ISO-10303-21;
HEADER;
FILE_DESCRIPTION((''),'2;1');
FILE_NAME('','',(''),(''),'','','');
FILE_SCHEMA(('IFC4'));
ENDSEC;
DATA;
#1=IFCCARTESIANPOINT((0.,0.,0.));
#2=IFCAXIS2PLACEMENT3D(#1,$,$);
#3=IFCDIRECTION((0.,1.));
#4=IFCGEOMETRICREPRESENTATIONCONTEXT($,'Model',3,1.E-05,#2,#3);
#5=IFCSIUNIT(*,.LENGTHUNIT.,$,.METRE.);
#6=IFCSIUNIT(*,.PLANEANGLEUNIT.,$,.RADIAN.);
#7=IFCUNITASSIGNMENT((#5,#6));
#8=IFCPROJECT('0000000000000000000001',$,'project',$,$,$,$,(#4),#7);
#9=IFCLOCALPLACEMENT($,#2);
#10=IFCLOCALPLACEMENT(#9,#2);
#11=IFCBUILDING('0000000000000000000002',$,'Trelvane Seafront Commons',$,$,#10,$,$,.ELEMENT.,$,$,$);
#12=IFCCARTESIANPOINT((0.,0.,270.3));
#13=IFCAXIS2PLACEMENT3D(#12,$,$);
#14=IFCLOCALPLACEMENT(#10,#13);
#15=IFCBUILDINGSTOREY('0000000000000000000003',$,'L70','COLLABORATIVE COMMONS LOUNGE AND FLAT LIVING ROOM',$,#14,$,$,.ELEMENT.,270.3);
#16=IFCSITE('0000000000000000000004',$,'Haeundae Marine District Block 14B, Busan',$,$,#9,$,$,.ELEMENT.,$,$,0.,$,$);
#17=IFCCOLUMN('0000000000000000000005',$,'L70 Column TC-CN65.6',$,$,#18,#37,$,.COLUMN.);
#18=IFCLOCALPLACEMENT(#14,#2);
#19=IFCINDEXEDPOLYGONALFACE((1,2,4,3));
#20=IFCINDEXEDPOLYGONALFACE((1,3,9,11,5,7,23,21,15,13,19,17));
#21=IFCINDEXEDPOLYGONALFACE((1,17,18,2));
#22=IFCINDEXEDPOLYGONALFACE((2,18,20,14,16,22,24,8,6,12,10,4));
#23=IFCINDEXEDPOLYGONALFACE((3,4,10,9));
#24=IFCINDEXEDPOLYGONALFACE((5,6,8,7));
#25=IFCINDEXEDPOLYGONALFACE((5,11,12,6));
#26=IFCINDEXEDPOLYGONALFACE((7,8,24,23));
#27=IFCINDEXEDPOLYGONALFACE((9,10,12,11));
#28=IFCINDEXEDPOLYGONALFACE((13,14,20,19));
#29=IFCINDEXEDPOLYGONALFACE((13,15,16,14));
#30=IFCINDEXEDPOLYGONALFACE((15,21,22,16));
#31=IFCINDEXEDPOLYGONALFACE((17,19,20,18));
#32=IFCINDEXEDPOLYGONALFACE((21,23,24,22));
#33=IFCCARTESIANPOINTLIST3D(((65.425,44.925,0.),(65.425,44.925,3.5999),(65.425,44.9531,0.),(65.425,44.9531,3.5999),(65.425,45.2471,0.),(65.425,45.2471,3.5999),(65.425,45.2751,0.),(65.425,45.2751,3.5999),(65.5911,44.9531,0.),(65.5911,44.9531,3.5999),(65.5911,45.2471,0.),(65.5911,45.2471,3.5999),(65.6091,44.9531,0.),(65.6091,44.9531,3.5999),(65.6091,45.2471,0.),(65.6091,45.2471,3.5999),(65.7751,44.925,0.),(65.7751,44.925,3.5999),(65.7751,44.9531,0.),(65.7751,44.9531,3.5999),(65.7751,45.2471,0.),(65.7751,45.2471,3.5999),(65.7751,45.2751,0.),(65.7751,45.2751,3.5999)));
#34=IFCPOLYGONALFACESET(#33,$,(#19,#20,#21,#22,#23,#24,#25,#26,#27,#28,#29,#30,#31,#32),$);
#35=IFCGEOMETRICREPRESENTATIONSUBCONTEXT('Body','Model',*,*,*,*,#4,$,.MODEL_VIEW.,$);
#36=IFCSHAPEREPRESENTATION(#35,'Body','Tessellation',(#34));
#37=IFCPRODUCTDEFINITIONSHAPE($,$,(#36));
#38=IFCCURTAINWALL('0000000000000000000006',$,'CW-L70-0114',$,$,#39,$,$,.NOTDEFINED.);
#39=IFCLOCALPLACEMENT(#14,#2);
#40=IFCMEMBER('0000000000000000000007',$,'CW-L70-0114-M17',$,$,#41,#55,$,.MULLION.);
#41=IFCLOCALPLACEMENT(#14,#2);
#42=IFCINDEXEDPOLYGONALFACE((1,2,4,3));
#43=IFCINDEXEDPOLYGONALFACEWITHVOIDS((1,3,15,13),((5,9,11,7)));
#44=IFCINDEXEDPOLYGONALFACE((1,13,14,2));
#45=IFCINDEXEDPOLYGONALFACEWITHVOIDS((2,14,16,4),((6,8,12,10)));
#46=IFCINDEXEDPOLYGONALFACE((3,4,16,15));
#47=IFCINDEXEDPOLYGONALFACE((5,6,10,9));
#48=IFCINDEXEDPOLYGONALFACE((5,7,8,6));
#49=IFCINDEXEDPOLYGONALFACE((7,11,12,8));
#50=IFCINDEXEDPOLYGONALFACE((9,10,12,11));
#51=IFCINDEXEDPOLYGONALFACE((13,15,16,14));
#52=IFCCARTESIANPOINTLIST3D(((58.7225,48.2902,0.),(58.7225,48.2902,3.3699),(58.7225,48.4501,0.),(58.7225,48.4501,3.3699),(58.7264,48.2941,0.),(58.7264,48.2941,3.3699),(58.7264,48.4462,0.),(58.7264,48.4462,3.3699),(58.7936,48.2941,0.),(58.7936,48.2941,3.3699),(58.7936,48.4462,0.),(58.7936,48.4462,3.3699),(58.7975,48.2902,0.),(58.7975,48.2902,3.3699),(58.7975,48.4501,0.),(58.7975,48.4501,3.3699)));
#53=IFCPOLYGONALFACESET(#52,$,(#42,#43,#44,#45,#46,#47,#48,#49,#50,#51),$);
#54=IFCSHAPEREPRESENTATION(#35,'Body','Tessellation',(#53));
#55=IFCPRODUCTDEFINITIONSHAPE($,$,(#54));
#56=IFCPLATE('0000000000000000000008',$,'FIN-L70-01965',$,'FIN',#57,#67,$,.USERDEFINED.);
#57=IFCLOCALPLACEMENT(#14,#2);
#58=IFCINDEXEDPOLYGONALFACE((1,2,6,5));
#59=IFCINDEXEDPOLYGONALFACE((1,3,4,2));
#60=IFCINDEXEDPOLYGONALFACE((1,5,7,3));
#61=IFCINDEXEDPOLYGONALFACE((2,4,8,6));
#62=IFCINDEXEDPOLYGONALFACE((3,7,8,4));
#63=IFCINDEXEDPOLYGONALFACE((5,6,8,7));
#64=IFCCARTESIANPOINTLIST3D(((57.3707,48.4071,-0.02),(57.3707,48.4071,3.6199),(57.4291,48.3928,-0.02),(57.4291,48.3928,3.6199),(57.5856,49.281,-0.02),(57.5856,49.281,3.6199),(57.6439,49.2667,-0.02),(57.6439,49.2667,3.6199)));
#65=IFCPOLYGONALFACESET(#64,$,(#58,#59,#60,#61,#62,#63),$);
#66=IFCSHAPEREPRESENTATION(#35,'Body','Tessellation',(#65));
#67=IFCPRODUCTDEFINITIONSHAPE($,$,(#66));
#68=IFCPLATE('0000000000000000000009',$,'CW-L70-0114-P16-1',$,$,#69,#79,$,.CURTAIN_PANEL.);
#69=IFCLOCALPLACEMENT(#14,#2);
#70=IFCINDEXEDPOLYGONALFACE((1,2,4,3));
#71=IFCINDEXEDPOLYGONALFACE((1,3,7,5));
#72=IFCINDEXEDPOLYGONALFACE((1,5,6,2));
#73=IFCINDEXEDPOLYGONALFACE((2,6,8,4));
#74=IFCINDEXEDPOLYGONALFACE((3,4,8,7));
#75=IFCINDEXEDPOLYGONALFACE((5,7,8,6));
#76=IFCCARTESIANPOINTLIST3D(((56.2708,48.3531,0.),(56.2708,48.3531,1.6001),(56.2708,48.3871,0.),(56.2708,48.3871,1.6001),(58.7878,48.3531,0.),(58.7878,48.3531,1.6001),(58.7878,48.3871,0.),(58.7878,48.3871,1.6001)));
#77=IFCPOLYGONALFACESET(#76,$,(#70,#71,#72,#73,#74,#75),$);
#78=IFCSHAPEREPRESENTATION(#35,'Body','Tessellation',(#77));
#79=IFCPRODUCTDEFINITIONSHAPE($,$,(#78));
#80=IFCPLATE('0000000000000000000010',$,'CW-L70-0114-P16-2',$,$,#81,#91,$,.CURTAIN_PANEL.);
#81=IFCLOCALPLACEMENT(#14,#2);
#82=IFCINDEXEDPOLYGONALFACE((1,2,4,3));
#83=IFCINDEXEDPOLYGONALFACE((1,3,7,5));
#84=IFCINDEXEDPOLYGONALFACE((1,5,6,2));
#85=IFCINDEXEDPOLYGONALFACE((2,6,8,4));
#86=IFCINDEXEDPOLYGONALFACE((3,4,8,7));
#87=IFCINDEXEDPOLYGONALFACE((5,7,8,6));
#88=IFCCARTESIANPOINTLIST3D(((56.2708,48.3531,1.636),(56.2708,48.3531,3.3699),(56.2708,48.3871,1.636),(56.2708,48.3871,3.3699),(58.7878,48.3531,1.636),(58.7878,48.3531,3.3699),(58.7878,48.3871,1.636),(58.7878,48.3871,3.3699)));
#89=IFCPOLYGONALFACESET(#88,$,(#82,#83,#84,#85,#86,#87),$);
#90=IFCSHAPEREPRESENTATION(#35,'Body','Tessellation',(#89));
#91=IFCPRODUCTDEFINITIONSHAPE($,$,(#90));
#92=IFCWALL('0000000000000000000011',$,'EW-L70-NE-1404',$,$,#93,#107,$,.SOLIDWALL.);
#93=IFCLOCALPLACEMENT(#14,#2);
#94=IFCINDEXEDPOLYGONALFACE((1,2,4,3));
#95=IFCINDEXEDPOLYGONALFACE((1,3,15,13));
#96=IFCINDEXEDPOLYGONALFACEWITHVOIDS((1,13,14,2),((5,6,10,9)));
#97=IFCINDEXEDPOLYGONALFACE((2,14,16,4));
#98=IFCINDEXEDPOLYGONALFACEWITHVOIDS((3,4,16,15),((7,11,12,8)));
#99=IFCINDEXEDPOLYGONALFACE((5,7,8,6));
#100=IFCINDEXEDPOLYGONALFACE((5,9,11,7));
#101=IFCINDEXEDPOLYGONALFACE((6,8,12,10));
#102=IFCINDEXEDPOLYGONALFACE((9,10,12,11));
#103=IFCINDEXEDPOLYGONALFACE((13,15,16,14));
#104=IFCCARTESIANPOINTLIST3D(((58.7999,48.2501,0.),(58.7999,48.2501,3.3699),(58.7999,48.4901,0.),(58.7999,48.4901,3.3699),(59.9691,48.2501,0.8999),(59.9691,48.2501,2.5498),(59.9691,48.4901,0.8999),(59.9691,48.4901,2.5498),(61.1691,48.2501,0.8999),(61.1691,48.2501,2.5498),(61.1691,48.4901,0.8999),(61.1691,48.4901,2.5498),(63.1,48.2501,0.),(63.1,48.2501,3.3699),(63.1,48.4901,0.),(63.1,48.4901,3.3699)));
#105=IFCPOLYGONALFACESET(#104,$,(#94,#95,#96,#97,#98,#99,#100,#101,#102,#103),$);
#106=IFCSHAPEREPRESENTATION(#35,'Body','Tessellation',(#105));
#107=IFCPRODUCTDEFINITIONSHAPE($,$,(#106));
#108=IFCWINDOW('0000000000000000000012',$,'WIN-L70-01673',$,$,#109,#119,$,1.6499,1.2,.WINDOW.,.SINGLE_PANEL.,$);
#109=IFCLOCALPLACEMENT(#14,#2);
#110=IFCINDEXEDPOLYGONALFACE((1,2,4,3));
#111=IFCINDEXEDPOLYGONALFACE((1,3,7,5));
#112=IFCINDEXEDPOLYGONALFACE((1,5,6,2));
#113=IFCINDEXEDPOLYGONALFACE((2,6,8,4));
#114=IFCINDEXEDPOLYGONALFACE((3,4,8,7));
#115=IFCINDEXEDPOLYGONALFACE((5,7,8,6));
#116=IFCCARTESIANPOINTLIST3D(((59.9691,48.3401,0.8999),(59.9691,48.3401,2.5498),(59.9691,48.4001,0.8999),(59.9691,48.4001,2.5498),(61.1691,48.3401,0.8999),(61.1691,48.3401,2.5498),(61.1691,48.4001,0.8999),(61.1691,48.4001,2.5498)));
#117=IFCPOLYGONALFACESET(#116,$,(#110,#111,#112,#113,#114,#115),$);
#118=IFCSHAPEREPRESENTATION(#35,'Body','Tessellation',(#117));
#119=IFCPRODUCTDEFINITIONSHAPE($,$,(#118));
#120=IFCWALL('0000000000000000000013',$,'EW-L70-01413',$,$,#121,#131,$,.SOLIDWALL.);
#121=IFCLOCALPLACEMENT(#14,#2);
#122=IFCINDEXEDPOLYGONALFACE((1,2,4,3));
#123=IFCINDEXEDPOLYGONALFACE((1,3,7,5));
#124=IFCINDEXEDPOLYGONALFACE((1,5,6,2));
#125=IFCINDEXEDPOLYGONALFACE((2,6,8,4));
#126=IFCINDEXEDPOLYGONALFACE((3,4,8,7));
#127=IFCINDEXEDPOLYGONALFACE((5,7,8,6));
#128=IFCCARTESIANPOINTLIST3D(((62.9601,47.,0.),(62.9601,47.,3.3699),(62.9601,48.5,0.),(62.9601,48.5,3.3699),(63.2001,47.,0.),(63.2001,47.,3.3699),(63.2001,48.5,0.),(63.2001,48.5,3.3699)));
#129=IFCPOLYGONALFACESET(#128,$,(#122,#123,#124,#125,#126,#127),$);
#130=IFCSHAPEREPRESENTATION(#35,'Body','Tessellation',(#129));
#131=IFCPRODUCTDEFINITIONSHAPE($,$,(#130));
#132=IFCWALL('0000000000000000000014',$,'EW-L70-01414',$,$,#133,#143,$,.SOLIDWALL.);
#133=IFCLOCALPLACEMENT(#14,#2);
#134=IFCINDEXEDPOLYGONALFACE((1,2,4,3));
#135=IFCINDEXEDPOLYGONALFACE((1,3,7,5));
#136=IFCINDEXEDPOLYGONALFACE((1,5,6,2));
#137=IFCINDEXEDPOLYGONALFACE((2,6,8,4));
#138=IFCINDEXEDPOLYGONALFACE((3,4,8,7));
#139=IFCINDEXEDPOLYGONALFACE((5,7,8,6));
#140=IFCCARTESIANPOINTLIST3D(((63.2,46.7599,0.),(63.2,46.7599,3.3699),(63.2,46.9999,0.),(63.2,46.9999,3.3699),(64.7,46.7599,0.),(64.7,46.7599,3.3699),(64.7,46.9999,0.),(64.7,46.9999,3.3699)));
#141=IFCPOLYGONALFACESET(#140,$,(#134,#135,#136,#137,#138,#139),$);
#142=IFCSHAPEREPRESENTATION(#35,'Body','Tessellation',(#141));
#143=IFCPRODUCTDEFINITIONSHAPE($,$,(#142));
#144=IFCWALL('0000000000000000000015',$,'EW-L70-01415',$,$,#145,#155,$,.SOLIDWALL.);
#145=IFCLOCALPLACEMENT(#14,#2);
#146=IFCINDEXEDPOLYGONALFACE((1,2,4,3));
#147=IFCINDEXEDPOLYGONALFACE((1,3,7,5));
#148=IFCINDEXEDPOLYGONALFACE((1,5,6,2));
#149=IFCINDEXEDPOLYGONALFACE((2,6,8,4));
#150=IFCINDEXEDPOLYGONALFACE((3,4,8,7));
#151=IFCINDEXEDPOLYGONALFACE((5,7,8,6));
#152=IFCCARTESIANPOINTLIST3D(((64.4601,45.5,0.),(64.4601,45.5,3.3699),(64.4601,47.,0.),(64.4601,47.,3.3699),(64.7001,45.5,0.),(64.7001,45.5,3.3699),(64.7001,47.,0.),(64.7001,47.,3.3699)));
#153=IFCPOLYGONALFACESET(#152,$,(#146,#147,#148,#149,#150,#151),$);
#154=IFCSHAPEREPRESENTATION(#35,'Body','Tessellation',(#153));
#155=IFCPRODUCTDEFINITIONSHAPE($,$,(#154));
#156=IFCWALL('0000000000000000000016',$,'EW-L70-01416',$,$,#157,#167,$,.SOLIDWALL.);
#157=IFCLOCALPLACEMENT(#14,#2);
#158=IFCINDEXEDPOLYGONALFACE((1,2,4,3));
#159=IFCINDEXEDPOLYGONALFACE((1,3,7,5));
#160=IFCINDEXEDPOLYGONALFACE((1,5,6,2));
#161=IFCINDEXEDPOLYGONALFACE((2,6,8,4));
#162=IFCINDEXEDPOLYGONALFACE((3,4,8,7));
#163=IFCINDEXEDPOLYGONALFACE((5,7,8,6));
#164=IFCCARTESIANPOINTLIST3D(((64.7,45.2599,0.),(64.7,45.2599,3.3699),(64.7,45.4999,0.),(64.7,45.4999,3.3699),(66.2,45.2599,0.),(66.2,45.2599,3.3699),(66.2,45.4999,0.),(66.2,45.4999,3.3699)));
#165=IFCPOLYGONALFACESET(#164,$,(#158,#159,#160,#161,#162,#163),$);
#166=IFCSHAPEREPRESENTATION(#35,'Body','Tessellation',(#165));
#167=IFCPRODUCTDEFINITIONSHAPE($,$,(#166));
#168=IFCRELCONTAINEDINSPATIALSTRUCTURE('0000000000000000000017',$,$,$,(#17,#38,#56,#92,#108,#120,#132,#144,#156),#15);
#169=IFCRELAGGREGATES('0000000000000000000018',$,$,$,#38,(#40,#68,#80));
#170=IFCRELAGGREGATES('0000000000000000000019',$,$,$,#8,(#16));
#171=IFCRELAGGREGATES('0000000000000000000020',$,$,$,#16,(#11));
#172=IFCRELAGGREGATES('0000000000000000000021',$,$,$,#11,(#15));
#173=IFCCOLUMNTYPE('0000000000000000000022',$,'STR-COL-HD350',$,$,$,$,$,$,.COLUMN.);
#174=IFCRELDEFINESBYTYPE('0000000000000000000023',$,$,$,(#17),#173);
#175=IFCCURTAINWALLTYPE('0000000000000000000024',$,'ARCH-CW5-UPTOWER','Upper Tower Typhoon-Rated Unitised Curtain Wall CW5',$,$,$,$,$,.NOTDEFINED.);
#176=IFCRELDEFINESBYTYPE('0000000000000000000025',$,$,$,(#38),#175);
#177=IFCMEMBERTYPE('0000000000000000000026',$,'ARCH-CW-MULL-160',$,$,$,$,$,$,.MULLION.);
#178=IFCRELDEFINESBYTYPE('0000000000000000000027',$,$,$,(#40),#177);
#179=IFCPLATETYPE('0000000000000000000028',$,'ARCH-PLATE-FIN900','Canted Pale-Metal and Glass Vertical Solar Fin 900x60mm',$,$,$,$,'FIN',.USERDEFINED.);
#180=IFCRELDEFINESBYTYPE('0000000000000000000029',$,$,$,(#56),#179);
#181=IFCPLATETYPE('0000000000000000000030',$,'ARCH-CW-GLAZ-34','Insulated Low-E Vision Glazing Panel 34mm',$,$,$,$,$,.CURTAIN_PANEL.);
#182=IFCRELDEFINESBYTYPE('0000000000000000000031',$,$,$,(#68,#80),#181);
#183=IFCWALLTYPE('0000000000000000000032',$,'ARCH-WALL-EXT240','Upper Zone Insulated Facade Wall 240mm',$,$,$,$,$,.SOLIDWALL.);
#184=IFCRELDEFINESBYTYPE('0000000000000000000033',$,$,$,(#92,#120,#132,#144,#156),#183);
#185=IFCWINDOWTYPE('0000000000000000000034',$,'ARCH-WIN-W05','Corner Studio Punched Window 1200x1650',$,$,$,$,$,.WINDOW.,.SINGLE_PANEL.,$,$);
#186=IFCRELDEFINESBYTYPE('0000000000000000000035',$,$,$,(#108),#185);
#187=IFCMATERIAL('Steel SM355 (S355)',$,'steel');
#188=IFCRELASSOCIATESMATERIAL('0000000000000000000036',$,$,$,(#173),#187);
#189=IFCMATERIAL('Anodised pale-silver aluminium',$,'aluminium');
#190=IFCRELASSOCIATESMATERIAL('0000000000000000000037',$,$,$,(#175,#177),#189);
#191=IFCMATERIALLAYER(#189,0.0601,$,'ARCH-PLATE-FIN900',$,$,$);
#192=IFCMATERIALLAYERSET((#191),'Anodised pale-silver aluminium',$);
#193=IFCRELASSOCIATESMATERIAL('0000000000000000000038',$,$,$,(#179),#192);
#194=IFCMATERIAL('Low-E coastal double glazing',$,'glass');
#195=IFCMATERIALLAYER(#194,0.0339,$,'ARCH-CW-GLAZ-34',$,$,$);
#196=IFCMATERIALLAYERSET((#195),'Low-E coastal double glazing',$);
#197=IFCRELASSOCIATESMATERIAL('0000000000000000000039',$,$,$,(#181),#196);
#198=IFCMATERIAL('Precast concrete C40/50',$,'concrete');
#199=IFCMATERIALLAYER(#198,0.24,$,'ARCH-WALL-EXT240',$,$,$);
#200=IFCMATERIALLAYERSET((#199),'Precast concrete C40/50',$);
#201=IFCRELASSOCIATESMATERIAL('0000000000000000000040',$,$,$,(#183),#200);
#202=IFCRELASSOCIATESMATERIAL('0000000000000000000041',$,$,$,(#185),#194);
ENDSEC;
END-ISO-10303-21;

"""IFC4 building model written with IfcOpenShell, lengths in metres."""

from ifc_helpers import new_model, si_unit, direction, frame, frame_2d, origin, origin_2d, place, context, subcontext, project, spatial, rectangle, hollow_rectangle, i_section, extrude, source, transform, mapped, material, layer, layer_set, material_profile, profile_set, type_object, element, fill, aggregate, save


model = new_model("IFC4")

# Units and contexts
model_context = context("Model", 3, precision=1e-05, world=origin(), true_north=direction((0.0, 1.0)))
body_context = subcontext(model_context, "Body", "Model", "MODEL_VIEW")
ifc_project = project(units=[si_unit("LENGTHUNIT", "METRE"), si_unit("PLANEANGLEUNIT", "RADIAN")], contexts=[model_context])

# Site, building, storey
site_placement = place(None, origin())
site = spatial("IfcSite", under=ifc_project, at=site_placement, Name="Haeundae Marine District Block 14B, Busan", CompositionType="ELEMENT", RefElevation=0.0)
building_placement = place(site_placement, origin())
building = spatial("IfcBuilding", under=site, at=building_placement, Name="Trelvane Seafront Commons", CompositionType="ELEMENT")
storey_placement = place(building_placement, frame((0.0, 0.0, 270.3)))
storey = spatial("IfcBuildingStorey", under=building, at=storey_placement, Name="L70", Description="COLLABORATIVE COMMONS LOUNGE AND FLAT LIVING ROOM", CompositionType="ELEMENT", Elevation=270.3)

# Column
ifc_material_1 = material(Name="Steel SM355 (S355)", Category="steel")
ifc_material_profile_1 = material_profile(ifc_material_1, i_section(OverallWidth=0.3501, OverallDepth=0.3501, WebThickness=0.0181, FlangeThickness=0.0281, at=origin_2d()), Name="HD-350x350x18x28")
ifc_profile_set_1 = profile_set([ifc_material_profile_1], Name="Steel SM355 (S355)")
column_type = type_object("IfcColumnType", Name="STR-COL-HD350", PredefinedType="COLUMN", material=ifc_profile_set_1)
shared_shape_1 = source(origin(), body_context, "Body", "SweptSolid", [
    extrude(i_section(OverallWidth=0.3501, OverallDepth=0.3501, WebThickness=0.0181, FlangeThickness=0.0281, at=origin_2d()), origin(), (0.0, 0.0, 1.0), 3.5999),
])
column_placement = place(storey_placement, frame((65.6001, 45.1001, 0.0), z_axis=(0.0, 0.0, 1.0), x_axis=(1.0, 0.0, 0.0)))
element("IfcColumn", 1, at=column_placement, inside=storey, type_object=column_type, Name="L70 Column TC-CN65.6", PredefinedType="COLUMN", context=body_context, shape_type="MappedRepresentation", body=[
    mapped(shared_shape_1, transform((0.0, 0.0, 0.0), x_axis=(1.0, 0.0, 0.0), y_axis=(0.0, 1.0, 0.0), z_axis=(0.0, 0.0, 1.0), scale=1.0)),
])

# Curtain wall, member
ifc_material_2 = material(Name="Anodised pale-silver aluminium", Category="aluminium")
curtain_wall_type = type_object("IfcCurtainWallType", Name="ARCH-CW5-UPTOWER", Description="Upper Tower Typhoon-Rated Unitised Curtain Wall CW5", PredefinedType="NOTDEFINED", material=ifc_material_2)
curtain_wall_placement = place(storey_placement, origin())
curtain_wall = element("IfcCurtainWall", 2, at=curtain_wall_placement, inside=storey, type_object=curtain_wall_type, Name="CW-L70-0114", PredefinedType="NOTDEFINED")
ifc_material_profile_2 = material_profile(ifc_material_2, hollow_rectangle(XDim=0.075, YDim=0.1599, WallThickness=0.0039, at=origin_2d()), Name="MULL-75x160x4")
ifc_profile_set_2 = profile_set([ifc_material_profile_2], Name="Anodised pale-silver aluminium")
member_type = type_object("IfcMemberType", Name="ARCH-CW-MULL-160", PredefinedType="MULLION", material=ifc_profile_set_2)
shared_shape_2 = source(origin(), body_context, "Body", "SweptSolid", [
    extrude(hollow_rectangle(XDim=0.075, YDim=0.1599, WallThickness=0.0039, at=origin_2d()), origin(), (0.0, 0.0, 1.0), 3.3699),
])
member_placement = place(storey_placement, frame((58.76, 48.3701, 0.0), z_axis=(0.0, 0.0, 1.0), x_axis=(1.0, 0.0, 0.0)))
member = element("IfcMember", 3, at=member_placement, type_object=member_type, Name="CW-L70-0114-M17", PredefinedType="MULLION", context=body_context, shape_type="MappedRepresentation", body=[
    mapped(shared_shape_2, transform((0.0, 0.0, 0.0), x_axis=(1.0, 0.0, 0.0), y_axis=(0.0, 1.0, 0.0), z_axis=(0.0, 0.0, 1.0), scale=1.0)),
])

# Plates
ifc_layer_1 = layer(ifc_material_2, 0.0601, Name="ARCH-PLATE-FIN900")
ifc_layer_set_1 = layer_set([ifc_layer_1], Name="Anodised pale-silver aluminium")
plate_type_1 = type_object("IfcPlateType", Name="ARCH-PLATE-FIN900", Description="Canted Pale-Metal and Glass Vertical Solar Fin 900x60mm", ElementType="FIN", PredefinedType="USERDEFINED", material=ifc_layer_set_1)
shared_shape_3 = source(origin(), body_context, "Body", "SweptSolid", [
    extrude(rectangle(XDim=0.8999, YDim=0.0601, at=origin_2d()), origin(), (0.0, 0.0, 1.0), 3.6399),
])
plate_1_placement = place(storey_placement, frame((57.5073, 48.8369, -0.02), z_axis=(0.0, 0.0, 1.0), x_axis=(0.238769, 0.971076, 0.0)))
element("IfcPlate", 4, at=plate_1_placement, inside=storey, type_object=plate_type_1, Name="FIN-L70-01965", ObjectType="FIN", PredefinedType="USERDEFINED", context=body_context, shape_type="MappedRepresentation", body=[
    mapped(shared_shape_3, transform((0.0, 0.0, 0.0), x_axis=(1.0, 0.0, 0.0), y_axis=(0.0, 1.0, 0.0), z_axis=(0.0, 0.0, 1.0), scale=1.0)),
])
ifc_material_3 = material(Name="Low-E coastal double glazing", Category="glass")
ifc_layer_2 = layer(ifc_material_3, 0.0339, Name="ARCH-CW-GLAZ-34")
ifc_layer_set_2 = layer_set([ifc_layer_2], Name="Low-E coastal double glazing")
plate_type_2 = type_object("IfcPlateType", Name="ARCH-CW-GLAZ-34", Description="Insulated Low-E Vision Glazing Panel 34mm", PredefinedType="CURTAIN_PANEL", material=ifc_layer_set_2)
shared_shape_4 = source(origin(), body_context, "Body", "SweptSolid", [
    extrude(rectangle(XDim=2.5171, YDim=0.0339, at=origin_2d()), origin(), (0.0, 0.0, 1.0), 1.6001),
])
plate_2_placement = place(storey_placement, frame((57.5293, 48.3701, 0.0), z_axis=(0.0, 0.0, 1.0), x_axis=(1.0, 0.0, 0.0)))
plate_2 = element("IfcPlate", 5, at=plate_2_placement, type_object=plate_type_2, Name="CW-L70-0114-P16-1", PredefinedType="CURTAIN_PANEL", context=body_context, shape_type="MappedRepresentation", body=[
    mapped(shared_shape_4, transform((0.0, 0.0, 0.0), x_axis=(1.0, 0.0, 0.0), y_axis=(0.0, 1.0, 0.0), z_axis=(0.0, 0.0, 1.0), scale=1.0)),
])
shared_shape_5 = source(origin(), body_context, "Body", "SweptSolid", [
    extrude(rectangle(XDim=2.5171, YDim=0.0339, at=origin_2d()), origin(), (0.0, 0.0, 1.0), 1.7339),
])
plate_3_placement = place(storey_placement, frame((57.5293, 48.3701, 1.636), z_axis=(0.0, 0.0, 1.0), x_axis=(1.0, 0.0, 0.0)))
plate_3 = element("IfcPlate", 6, at=plate_3_placement, type_object=plate_type_2, Name="CW-L70-0114-P16-2", PredefinedType="CURTAIN_PANEL", context=body_context, shape_type="MappedRepresentation", body=[
    mapped(shared_shape_5, transform((0.0, 0.0, 0.0), x_axis=(1.0, 0.0, 0.0), y_axis=(0.0, 1.0, 0.0), z_axis=(0.0, 0.0, 1.0), scale=1.0)),
])
aggregate(curtain_wall, [member, plate_2, plate_3])

# Wall, opening, window
ifc_material_4 = material(Name="Precast concrete C40/50", Category="concrete")
ifc_layer_3 = layer(ifc_material_4, 0.24, Name="ARCH-WALL-EXT240")
ifc_layer_set_3 = layer_set([ifc_layer_3], Name="Precast concrete C40/50")
wall_type = type_object("IfcWallType", Name="ARCH-WALL-EXT240", Description="Upper Zone Insulated Facade Wall 240mm", PredefinedType="SOLIDWALL", material=ifc_layer_set_3)
wall_1_placement = place(storey_placement, frame((58.8, 48.3701, 0.0), z_axis=(0.0, 0.0, 1.0), x_axis=(1.0, 0.0, 0.0)))
wall_1 = element("IfcWall", 7, at=wall_1_placement, inside=storey, type_object=wall_type, Name="EW-L70-NE-1404", PredefinedType="SOLIDWALL", context=body_context, shape_type="SweptSolid", body=[
    extrude(rectangle(XDim=4.3, YDim=0.24, at=frame_2d((2.1499, 0.0))), origin(), (0.0, 0.0, 1.0), 3.3699),
])
opening_1_placement = place(wall_1_placement, frame((1.1689, 0.0, 0.8999)))
opening_1 = element("IfcOpeningElement", 8, at=opening_1_placement, cuts=wall_1, PredefinedType="OPENING", context=body_context, shape_type="SweptSolid", body=[
    extrude(rectangle(XDim=1.2, YDim=1.6499, at=frame_2d((0.6001, 0.825))), frame((0.0, 0.1299, 0.0), z_axis=(0.0, -1.0, 0.0), x_axis=(1.0, 0.0, 0.0)), (0.0, 0.0, 1.0), 0.26),
])
window_type_1 = type_object("IfcWindowType", Name="ARCH-WIN-W05", Description="Corner Studio Punched Window 1200x1650", PartitioningType="SINGLE_PANEL", PredefinedType="WINDOW", material=ifc_material_3)
shared_shape_6 = source(origin(), body_context, "Body", "SweptSolid", [
    extrude(rectangle(XDim=1.2, YDim=1.6499, at=frame_2d((0.6001, 0.825))), frame((0.0, 0.03, 0.0), z_axis=(0.0, -1.0, 0.0), x_axis=(1.0, 0.0, 0.0)), (0.0, 0.0, 1.0), 0.0601),
])
window_1_placement = place(opening_1_placement, origin())
window_1 = element("IfcWindow", 9, at=window_1_placement, inside=storey, type_object=window_type_1, Name="WIN-L70-01673", OverallHeight=1.6499, OverallWidth=1.2, PartitioningType="SINGLE_PANEL", PredefinedType="WINDOW", context=body_context, shape_type="MappedRepresentation", body=[
    mapped(shared_shape_6, transform((0.0, 0.0, 0.0), x_axis=(1.0, 0.0, 0.0), y_axis=(0.0, 1.0, 0.0), z_axis=(0.0, 0.0, 1.0), scale=1.0)),
])
fill(opening_1, window_1)

# Walls
for number, where, z_axis, x_axis, name in (
    (10, (63.0801, 48.5, 0.0), (0.0, 0.0, 1.0), (0.0, -1.0, 0.0), "EW-L70-01413"),
    (11, (63.2, 46.8799, 0.0), (0.0, 0.0, 1.0), (1.0, 0.0, 0.0), "EW-L70-01414"),
    (12, (64.5801, 47.0, 0.0), (0.0, 0.0, 1.0), (0.0, -1.0, 0.0), "EW-L70-01415"),
    (13, (64.7, 45.3799, 0.0), (0.0, 0.0, 1.0), (1.0, 0.0, 0.0), "EW-L70-01416"),
):
    element("IfcWall", number, at=place(storey_placement, frame(where, z_axis=z_axis, x_axis=x_axis)), inside=storey, type_object=wall_type, Name=name, PredefinedType="SOLIDWALL", context=body_context, shape_type="SweptSolid", body=[
        extrude(rectangle(XDim=1.5, YDim=0.24, at=frame_2d((0.75, 0.0))), origin(), (0.0, 0.0, 1.0), 3.3699),
    ])

save(model, "model.ifc")
